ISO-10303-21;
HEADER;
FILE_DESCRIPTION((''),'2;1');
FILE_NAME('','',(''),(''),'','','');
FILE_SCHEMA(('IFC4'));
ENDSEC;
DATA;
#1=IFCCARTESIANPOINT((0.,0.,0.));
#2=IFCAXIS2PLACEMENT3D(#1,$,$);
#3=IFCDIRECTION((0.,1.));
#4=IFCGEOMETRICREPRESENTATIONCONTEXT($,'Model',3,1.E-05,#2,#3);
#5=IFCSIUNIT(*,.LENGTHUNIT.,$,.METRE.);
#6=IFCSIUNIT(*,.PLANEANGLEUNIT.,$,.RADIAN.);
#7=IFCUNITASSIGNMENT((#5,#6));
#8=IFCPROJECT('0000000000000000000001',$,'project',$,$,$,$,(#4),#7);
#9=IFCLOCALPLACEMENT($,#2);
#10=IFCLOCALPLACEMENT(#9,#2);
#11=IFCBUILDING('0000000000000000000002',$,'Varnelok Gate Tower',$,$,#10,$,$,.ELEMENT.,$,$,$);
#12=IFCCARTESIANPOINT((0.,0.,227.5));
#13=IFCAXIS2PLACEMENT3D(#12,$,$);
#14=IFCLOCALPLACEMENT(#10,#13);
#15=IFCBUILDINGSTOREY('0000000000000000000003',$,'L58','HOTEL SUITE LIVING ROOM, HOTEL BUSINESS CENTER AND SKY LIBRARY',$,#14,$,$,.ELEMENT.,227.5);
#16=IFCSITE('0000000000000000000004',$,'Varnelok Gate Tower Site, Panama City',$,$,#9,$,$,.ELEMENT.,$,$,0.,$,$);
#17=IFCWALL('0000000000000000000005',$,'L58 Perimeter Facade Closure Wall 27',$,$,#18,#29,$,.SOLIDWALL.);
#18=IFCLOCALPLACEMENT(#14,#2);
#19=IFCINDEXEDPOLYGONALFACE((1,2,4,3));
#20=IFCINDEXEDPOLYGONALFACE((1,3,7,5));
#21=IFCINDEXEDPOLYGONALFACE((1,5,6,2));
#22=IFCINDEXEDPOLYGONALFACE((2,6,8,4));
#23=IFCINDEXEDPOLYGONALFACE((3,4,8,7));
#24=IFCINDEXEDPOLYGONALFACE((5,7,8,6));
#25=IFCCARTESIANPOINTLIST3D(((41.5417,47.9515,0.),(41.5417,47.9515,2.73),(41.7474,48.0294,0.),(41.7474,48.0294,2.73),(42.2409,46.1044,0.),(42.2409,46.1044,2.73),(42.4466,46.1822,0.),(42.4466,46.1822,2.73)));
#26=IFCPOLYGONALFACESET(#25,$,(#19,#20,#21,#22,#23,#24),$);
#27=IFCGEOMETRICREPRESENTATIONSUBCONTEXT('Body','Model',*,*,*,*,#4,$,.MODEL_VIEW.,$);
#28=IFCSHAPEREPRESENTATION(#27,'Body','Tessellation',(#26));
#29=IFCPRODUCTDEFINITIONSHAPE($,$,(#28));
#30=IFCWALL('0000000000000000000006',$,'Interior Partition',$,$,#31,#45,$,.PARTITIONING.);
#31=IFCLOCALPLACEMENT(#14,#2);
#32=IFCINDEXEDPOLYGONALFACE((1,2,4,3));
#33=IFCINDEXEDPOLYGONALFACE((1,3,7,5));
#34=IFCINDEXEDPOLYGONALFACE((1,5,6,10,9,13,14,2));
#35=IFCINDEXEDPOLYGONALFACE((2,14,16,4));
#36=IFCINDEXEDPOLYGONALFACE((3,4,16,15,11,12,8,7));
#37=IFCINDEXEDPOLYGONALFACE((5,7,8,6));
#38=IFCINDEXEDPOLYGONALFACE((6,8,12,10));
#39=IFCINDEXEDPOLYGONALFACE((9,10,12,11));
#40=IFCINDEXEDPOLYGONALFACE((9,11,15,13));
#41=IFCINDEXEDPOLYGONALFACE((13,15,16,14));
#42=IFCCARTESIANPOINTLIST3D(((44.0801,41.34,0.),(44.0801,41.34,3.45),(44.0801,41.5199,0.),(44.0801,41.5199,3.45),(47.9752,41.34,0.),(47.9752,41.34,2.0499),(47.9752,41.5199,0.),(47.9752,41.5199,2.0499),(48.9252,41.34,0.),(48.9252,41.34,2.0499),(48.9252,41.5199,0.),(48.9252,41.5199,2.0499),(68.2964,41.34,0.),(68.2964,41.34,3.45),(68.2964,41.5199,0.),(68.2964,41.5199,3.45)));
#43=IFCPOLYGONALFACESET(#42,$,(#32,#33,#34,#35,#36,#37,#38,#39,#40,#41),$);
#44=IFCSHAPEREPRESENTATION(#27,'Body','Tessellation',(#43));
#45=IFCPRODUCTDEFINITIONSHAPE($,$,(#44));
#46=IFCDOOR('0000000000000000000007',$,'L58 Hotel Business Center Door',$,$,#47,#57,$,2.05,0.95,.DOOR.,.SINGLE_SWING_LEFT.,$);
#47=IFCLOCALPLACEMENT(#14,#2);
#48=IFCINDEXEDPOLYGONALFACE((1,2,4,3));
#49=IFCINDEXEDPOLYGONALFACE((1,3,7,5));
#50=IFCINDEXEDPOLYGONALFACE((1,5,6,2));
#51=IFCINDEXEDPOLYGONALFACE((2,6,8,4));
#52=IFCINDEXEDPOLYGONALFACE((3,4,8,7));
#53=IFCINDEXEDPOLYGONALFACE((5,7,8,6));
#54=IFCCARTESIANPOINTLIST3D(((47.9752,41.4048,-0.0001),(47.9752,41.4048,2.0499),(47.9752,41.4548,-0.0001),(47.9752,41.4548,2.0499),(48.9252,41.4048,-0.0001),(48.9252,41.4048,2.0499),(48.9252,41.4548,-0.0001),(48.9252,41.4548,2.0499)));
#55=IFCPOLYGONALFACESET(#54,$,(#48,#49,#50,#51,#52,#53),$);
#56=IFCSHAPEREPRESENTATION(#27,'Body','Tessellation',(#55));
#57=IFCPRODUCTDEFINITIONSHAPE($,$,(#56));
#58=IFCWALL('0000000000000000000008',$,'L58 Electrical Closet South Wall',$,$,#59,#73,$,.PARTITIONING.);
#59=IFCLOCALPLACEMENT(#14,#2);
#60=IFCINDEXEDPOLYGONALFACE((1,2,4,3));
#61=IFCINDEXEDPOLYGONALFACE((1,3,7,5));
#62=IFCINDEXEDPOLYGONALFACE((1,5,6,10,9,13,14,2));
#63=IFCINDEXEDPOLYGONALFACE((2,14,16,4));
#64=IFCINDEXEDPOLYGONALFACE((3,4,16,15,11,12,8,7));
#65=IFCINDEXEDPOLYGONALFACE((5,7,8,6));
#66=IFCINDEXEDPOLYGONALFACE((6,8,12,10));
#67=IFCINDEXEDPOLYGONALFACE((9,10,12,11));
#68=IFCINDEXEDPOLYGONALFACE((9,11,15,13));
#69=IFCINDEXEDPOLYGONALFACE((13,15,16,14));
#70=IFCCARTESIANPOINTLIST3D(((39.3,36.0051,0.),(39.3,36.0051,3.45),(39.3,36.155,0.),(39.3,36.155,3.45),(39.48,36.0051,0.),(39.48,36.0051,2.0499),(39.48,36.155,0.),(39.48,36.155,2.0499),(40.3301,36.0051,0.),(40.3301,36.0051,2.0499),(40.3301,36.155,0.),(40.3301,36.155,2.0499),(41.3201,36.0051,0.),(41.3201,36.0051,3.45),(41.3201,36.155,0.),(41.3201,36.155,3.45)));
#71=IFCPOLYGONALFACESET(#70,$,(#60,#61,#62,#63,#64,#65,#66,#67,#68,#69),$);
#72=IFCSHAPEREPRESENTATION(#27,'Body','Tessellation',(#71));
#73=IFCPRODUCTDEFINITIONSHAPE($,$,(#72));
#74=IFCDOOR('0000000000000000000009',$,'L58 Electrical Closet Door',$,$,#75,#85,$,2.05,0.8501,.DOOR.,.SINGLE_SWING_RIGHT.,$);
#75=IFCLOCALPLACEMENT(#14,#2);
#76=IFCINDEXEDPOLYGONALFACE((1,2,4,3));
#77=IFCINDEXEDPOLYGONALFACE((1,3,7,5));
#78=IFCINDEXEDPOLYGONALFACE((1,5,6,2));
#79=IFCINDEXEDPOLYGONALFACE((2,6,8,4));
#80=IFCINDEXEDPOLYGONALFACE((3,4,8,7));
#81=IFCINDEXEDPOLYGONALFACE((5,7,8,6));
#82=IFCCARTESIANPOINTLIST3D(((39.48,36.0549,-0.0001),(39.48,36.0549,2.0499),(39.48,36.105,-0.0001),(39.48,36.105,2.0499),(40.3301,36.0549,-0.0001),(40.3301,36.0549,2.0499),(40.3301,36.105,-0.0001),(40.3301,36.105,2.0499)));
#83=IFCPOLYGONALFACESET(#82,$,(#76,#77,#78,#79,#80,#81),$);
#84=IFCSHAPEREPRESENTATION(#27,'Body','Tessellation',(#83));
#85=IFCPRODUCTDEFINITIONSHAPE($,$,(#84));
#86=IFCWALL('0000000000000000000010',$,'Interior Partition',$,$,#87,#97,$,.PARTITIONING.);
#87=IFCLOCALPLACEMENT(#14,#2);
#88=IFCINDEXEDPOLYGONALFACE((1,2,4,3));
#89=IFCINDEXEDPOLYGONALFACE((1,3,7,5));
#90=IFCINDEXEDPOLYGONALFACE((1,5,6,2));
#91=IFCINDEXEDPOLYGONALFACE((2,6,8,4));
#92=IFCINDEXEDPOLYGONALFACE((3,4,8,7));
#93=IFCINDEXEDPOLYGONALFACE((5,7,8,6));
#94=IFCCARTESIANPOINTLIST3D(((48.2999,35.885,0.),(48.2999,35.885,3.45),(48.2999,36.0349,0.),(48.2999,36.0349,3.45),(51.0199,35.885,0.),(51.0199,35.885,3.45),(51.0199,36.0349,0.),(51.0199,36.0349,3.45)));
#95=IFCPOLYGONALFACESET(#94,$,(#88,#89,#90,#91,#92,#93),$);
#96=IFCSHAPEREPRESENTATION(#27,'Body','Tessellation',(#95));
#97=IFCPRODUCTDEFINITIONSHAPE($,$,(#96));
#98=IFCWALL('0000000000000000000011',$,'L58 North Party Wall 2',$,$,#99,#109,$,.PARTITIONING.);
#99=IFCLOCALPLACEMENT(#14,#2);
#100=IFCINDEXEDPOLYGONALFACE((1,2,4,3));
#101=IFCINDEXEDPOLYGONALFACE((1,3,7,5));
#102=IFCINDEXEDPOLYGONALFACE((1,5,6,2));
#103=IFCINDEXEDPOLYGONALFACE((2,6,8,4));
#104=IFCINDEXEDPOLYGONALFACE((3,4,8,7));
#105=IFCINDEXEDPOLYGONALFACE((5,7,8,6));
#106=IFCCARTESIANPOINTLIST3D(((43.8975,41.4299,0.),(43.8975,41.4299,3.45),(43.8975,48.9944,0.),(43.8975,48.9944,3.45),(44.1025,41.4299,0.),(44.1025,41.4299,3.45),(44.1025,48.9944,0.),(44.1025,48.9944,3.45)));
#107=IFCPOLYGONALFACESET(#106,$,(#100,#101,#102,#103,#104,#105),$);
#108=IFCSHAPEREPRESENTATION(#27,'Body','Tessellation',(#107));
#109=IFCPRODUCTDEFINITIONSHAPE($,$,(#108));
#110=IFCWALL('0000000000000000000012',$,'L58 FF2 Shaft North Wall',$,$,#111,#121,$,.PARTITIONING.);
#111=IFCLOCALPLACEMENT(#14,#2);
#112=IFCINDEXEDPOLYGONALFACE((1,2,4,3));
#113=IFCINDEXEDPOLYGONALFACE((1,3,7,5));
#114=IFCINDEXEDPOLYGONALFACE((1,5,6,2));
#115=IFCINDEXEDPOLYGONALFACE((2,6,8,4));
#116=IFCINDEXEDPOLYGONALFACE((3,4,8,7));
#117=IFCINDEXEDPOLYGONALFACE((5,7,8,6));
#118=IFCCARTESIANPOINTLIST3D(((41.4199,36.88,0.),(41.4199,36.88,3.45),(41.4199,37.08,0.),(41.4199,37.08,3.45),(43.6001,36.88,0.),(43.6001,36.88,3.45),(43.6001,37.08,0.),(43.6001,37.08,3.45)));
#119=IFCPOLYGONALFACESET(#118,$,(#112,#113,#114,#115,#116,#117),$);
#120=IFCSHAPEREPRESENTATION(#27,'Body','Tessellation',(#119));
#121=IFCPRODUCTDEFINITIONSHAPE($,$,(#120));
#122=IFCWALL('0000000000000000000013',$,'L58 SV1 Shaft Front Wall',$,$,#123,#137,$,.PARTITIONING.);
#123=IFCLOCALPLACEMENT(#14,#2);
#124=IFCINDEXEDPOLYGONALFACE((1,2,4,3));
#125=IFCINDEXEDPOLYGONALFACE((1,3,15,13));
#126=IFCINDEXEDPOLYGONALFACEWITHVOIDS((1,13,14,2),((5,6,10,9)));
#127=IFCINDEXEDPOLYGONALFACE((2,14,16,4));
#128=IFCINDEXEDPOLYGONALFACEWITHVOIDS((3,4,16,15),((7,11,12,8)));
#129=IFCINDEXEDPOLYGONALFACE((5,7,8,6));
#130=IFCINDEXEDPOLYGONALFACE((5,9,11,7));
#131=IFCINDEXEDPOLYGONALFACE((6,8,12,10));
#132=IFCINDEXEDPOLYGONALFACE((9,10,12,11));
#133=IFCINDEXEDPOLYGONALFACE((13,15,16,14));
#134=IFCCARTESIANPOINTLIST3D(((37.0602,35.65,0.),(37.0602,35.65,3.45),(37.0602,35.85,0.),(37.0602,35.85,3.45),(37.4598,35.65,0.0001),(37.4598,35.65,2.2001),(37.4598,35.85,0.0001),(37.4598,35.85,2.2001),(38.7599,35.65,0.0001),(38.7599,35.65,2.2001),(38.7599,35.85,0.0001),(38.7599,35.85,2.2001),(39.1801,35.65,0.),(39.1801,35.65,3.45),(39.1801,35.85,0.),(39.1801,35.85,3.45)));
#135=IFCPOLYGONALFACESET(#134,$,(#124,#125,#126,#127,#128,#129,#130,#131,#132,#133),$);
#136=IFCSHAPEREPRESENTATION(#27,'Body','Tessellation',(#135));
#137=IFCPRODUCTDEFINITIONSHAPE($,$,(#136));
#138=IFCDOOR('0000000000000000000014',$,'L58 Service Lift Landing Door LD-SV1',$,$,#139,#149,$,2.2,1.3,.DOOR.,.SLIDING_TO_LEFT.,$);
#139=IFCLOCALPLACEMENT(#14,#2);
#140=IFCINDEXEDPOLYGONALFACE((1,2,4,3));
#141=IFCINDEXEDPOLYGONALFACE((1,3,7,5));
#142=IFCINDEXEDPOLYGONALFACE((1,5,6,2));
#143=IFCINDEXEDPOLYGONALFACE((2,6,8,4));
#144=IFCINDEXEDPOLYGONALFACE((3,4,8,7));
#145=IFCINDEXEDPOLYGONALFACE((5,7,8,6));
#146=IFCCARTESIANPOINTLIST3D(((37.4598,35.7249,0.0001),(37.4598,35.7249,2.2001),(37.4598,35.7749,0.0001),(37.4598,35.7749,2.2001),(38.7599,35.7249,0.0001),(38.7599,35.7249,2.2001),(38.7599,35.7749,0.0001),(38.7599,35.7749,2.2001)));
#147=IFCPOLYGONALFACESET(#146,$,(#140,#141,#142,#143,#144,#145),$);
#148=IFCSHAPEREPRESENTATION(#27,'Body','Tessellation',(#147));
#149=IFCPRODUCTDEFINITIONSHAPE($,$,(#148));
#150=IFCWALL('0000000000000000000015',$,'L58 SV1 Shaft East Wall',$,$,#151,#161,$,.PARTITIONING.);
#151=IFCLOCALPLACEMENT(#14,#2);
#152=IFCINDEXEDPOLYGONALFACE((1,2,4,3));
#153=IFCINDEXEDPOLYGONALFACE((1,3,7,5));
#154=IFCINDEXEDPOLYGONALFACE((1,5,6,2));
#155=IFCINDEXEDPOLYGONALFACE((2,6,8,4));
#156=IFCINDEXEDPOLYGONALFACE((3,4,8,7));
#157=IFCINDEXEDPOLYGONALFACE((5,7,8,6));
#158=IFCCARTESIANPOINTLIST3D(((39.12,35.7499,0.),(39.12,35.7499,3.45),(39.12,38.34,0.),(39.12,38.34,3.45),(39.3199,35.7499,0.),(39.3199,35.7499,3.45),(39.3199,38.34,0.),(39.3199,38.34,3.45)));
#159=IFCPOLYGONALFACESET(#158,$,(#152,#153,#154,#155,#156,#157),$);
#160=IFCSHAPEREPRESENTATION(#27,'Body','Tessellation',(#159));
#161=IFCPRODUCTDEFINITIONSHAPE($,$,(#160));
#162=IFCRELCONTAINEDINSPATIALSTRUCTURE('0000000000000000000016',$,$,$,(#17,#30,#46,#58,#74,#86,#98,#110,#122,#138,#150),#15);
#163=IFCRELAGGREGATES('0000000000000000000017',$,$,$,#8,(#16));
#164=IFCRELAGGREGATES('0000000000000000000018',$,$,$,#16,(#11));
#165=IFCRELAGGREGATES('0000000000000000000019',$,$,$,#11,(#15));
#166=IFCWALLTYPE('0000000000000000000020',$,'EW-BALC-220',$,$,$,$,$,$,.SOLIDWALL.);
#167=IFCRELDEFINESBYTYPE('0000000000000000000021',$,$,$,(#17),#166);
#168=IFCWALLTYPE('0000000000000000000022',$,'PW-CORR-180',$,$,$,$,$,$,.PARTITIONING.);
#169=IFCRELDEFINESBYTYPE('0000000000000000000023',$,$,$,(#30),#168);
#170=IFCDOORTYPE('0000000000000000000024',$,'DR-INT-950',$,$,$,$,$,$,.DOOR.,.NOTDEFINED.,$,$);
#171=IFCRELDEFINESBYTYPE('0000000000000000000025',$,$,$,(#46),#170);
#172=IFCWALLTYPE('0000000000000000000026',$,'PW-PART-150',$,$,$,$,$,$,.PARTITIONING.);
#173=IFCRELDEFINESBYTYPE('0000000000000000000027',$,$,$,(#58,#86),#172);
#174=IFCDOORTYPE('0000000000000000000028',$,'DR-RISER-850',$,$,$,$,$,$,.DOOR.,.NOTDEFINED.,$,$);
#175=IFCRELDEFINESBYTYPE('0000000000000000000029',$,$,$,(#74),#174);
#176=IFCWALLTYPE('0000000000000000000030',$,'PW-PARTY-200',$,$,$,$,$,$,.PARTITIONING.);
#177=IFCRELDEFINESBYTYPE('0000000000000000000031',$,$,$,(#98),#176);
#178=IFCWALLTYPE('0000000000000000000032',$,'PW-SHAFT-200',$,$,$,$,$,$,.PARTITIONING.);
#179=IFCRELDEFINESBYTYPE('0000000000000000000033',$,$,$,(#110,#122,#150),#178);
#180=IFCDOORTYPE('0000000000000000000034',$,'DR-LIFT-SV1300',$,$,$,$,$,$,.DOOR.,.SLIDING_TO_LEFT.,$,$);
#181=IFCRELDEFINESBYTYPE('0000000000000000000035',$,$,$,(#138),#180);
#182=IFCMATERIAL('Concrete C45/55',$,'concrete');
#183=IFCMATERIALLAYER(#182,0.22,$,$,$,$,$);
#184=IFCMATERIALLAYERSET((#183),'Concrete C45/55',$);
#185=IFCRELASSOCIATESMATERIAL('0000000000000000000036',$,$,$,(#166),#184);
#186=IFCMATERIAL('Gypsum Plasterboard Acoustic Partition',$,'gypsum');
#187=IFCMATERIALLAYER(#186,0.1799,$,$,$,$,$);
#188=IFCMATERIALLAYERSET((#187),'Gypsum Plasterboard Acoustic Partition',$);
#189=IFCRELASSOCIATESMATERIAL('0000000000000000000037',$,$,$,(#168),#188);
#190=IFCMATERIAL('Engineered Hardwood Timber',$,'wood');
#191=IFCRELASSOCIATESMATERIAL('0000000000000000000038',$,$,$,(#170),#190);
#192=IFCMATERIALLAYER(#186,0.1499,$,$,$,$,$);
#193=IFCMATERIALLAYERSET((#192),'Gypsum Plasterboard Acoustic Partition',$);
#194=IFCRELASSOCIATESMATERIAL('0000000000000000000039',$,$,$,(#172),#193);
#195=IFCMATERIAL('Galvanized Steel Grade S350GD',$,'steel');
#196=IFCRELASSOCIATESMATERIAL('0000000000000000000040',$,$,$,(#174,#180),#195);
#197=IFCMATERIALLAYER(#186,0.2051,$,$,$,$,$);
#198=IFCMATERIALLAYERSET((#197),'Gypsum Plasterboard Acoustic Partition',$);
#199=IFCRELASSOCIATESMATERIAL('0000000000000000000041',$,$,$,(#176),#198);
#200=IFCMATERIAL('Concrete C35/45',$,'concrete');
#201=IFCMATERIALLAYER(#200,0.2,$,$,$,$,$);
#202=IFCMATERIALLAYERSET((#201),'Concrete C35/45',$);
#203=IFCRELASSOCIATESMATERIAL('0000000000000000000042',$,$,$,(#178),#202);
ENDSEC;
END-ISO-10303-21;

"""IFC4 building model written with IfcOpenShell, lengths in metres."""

from ifc_helpers import new_model, si_unit, direction, frame, frame_2d, origin, place, context, subcontext, project, spatial, rectangle, extrude, material, layer, layer_set, type_object, element, fill, save


model = new_model("IFC4")

# Units and contexts
model_context = context("Model", 3, precision=1e-05, world=origin(), true_north=direction((0.0, 1.0)))
body_context = subcontext(model_context, "Body", "Model", "MODEL_VIEW")
ifc_project = project(units=[si_unit("LENGTHUNIT", "METRE"), si_unit("PLANEANGLEUNIT", "RADIAN")], contexts=[model_context])

# Site, building, storey
site_placement = place(None, origin())
site = spatial("IfcSite", under=ifc_project, at=site_placement, Name="Varnelok Gate Tower Site, Panama City", CompositionType="ELEMENT", RefElevation=0.0)
building_placement = place(site_placement, origin())
building = spatial("IfcBuilding", under=site, at=building_placement, Name="Varnelok Gate Tower", CompositionType="ELEMENT")
storey_placement = place(building_placement, frame((0.0, 0.0, 227.5)))
storey = spatial("IfcBuildingStorey", under=building, at=storey_placement, Name="L58", Description="HOTEL SUITE LIVING ROOM, HOTEL BUSINESS CENTER AND SKY LIBRARY", CompositionType="ELEMENT", Elevation=227.5)

# Wall
ifc_material_1 = material(Name="Concrete C45/55", Category="concrete")
ifc_layer_1 = layer(ifc_material_1, 0.22)
ifc_layer_set_1 = layer_set([ifc_layer_1], Name="Concrete C45/55")
wall_type_1 = type_object("IfcWallType", Name="EW-BALC-220", PredefinedType="SOLIDWALL", material=ifc_layer_set_1)
wall_1_placement = place(storey_placement, frame((41.6445, 47.9905, 0.0), z_axis=(0.0, 0.0, 1.0), x_axis=(0.354021, -0.935238, 0.0)))
element("IfcWall", 1, at=wall_1_placement, inside=storey, type_object=wall_type_1, Name="L58 Perimeter Facade Closure Wall 27", PredefinedType="SOLIDWALL", context=body_context, shape_type="SweptSolid", body=[
    extrude(rectangle(XDim=1.9751, YDim=0.22, at=frame_2d((0.9875, 0.0))), origin(), (0.0, 0.0, 1.0), 2.73),
])

# Walls, openings, doors
ifc_material_2 = material(Name="Gypsum Plasterboard Acoustic Partition", Category="gypsum")
ifc_layer_2 = layer(ifc_material_2, 0.1799)
ifc_layer_set_2 = layer_set([ifc_layer_2], Name="Gypsum Plasterboard Acoustic Partition")
wall_type_2 = type_object("IfcWallType", Name="PW-CORR-180", PredefinedType="PARTITIONING", material=ifc_layer_set_2)
wall_2_placement = place(storey_placement, frame((44.0801, 41.4299, 0.0), z_axis=(0.0, 0.0, 1.0), x_axis=(1.0, 0.0, 0.0)))
wall_2 = element("IfcWall", 2, at=wall_2_placement, inside=storey, type_object=wall_type_2, Name="Interior Partition", PredefinedType="PARTITIONING", context=body_context, shape_type="SweptSolid", body=[
    extrude(rectangle(XDim=24.2163, YDim=0.1799, at=frame_2d((12.1082, 0.0))), origin(), (0.0, 0.0, 1.0), 3.45),
])
opening_1_placement = place(wall_2_placement, frame((3.895, 0.0, 0.0)))
opening_1 = element("IfcOpeningElement", 3, at=opening_1_placement, cuts=wall_2, PredefinedType="OPENING", context=body_context, shape_type="SweptSolid", body=[
    extrude(rectangle(XDim=0.95, YDim=2.05, at=frame_2d((0.4751, 1.0249))), frame((0.0, 0.0999, 0.0), z_axis=(0.0, -1.0, 0.0), x_axis=(1.0, 0.0, 0.0)), (0.0, 0.0, 1.0), 0.2),
])
ifc_material_3 = material(Name="Engineered Hardwood Timber", Category="wood")
door_type_1 = type_object("IfcDoorType", Name="DR-INT-950", OperationType="NOTDEFINED", PredefinedType="DOOR", material=ifc_material_3)
door_1_placement = place(opening_1_placement, origin())
door_1 = element("IfcDoor", 4, at=door_1_placement, inside=storey, type_object=door_type_1, Name="L58 Hotel Business Center Door", OperationType="SINGLE_SWING_LEFT", OverallHeight=2.05, OverallWidth=0.95, PredefinedType="DOOR", context=body_context, shape_type="SweptSolid", body=[
    extrude(rectangle(XDim=0.95, YDim=2.05, at=frame_2d((0.4751, 1.0249))), frame((0.0, 0.0249, 0.0), z_axis=(0.0, -1.0, 0.0), x_axis=(1.0, 0.0, 0.0)), (0.0, 0.0, 1.0), 0.05),
])
fill(opening_1, door_1)
ifc_layer_3 = layer(ifc_material_2, 0.1499)
ifc_layer_set_3 = layer_set([ifc_layer_3], Name="Gypsum Plasterboard Acoustic Partition")
wall_type_3 = type_object("IfcWallType", Name="PW-PART-150", PredefinedType="PARTITIONING", material=ifc_layer_set_3)
wall_3_placement = place(storey_placement, frame((39.3, 36.0801, 0.0), z_axis=(0.0, 0.0, 1.0), x_axis=(1.0, 0.0, 0.0)))
wall_3 = element("IfcWall", 5, at=wall_3_placement, inside=storey, type_object=wall_type_3, Name="L58 Electrical Closet South Wall", PredefinedType="PARTITIONING", context=body_context, shape_type="SweptSolid", body=[
    extrude(rectangle(XDim=2.02, YDim=0.1499, at=frame_2d((1.01, 0.0))), origin(), (0.0, 0.0, 1.0), 3.45),
])
opening_2_placement = place(wall_3_placement, frame((0.1799, 0.0, 0.0)))
opening_2 = element("IfcOpeningElement", 6, at=opening_2_placement, cuts=wall_3, PredefinedType="OPENING", context=body_context, shape_type="SweptSolid", body=[
    extrude(rectangle(XDim=0.8501, YDim=2.05, at=frame_2d((0.425, 1.0249))), frame((0.0, 0.085, 0.0), z_axis=(0.0, -1.0, 0.0), x_axis=(1.0, 0.0, 0.0)), (0.0, 0.0, 1.0), 0.1699),
])
ifc_material_4 = material(Name="Galvanized Steel Grade S350GD", Category="steel")
door_type_2 = type_object("IfcDoorType", Name="DR-RISER-850", OperationType="NOTDEFINED", PredefinedType="DOOR", material=ifc_material_4)
door_2_placement = place(opening_2_placement, origin())
door_2 = element("IfcDoor", 7, at=door_2_placement, inside=storey, type_object=door_type_2, Name="L58 Electrical Closet Door", OperationType="SINGLE_SWING_RIGHT", OverallHeight=2.05, OverallWidth=0.8501, PredefinedType="DOOR", context=body_context, shape_type="SweptSolid", body=[
    extrude(rectangle(XDim=0.8501, YDim=2.05, at=frame_2d((0.425, 1.0249))), frame((0.0, 0.0249, 0.0), z_axis=(0.0, -1.0, 0.0), x_axis=(1.0, 0.0, 0.0)), (0.0, 0.0, 1.0), 0.05),
])
fill(opening_2, door_2)

# Walls
wall_4_placement = place(storey_placement, frame((48.3, 35.96, 0.0), z_axis=(0.0, 0.0, 1.0), x_axis=(1.0, 0.0, 0.0)))
element("IfcWall", 8, at=wall_4_placement, inside=storey, type_object=wall_type_3, Name="Interior Partition", PredefinedType="PARTITIONING", context=body_context, shape_type="SweptSolid", body=[
    extrude(rectangle(XDim=2.72, YDim=0.1499, at=frame_2d((1.3599, 0.0))), origin(), (0.0, 0.0, 1.0), 3.45),
])
ifc_layer_4 = layer(ifc_material_2, 0.2051)
ifc_layer_set_4 = layer_set([ifc_layer_4], Name="Gypsum Plasterboard Acoustic Partition")
wall_type_4 = type_object("IfcWallType", Name="PW-PARTY-200", PredefinedType="PARTITIONING", material=ifc_layer_set_4)
wall_5_placement = place(storey_placement, frame((44.0, 41.4299, 0.0), z_axis=(0.0, 0.0, 1.0), x_axis=(0.0, 1.0, 0.0)))
element("IfcWall", 9, at=wall_5_placement, inside=storey, type_object=wall_type_4, Name="L58 North Party Wall 2", PredefinedType="PARTITIONING", context=body_context, shape_type="SweptSolid", body=[
    extrude(rectangle(XDim=7.5645, YDim=0.2051, at=frame_2d((3.7822, 0.0))), origin(), (0.0, 0.0, 1.0), 3.45),
])
ifc_material_5 = material(Name="Concrete C35/45", Category="concrete")
ifc_layer_5 = layer(ifc_material_5, 0.2)
ifc_layer_set_5 = layer_set([ifc_layer_5], Name="Concrete C35/45")
wall_type_5 = type_object("IfcWallType", Name="PW-SHAFT-200", PredefinedType="PARTITIONING", material=ifc_layer_set_5)
wall_6_placement = place(storey_placement, frame((41.4199, 36.98, 0.0), z_axis=(0.0, 0.0, 1.0), x_axis=(1.0, 0.0, 0.0)))
element("IfcWall", 10, at=wall_6_placement, inside=storey, type_object=wall_type_5, Name="L58 FF2 Shaft North Wall", PredefinedType="PARTITIONING", context=body_context, shape_type="SweptSolid", body=[
    extrude(rectangle(XDim=2.1802, YDim=0.2, at=frame_2d((1.0901, 0.0))), origin(), (0.0, 0.0, 1.0), 3.45),
])

# Wall, opening, door
wall_7_placement = place(storey_placement, frame((37.0601, 35.75, 0.0), z_axis=(0.0, 0.0, 1.0), x_axis=(1.0, 0.0, 0.0)))
wall_7 = element("IfcWall", 11, at=wall_7_placement, inside=storey, type_object=wall_type_5, Name="L58 SV1 Shaft Front Wall", PredefinedType="PARTITIONING", context=body_context, shape_type="SweptSolid", body=[
    extrude(rectangle(XDim=2.1199, YDim=0.2, at=frame_2d((1.0601, 0.0))), origin(), (0.0, 0.0, 1.0), 3.45),
])
opening_3_placement = place(wall_7_placement, frame((0.3999, 0.0, 0.0)))
opening_3 = element("IfcOpeningElement", 12, at=opening_3_placement, cuts=wall_7, PredefinedType="OPENING", context=body_context, shape_type="SweptSolid", body=[
    extrude(rectangle(XDim=1.3, YDim=2.2, at=frame_2d((0.6499, 1.1001))), frame((0.0, 0.1099, 0.0), z_axis=(0.0, -1.0, 0.0), x_axis=(1.0, 0.0, 0.0)), (0.0, 0.0, 1.0), 0.22),
])
door_type_3 = type_object("IfcDoorType", Name="DR-LIFT-SV1300", OperationType="SLIDING_TO_LEFT", PredefinedType="DOOR", material=ifc_material_4)
door_3_placement = place(opening_3_placement, origin())
door_3 = element("IfcDoor", 13, at=door_3_placement, inside=storey, type_object=door_type_3, Name="L58 Service Lift Landing Door LD-SV1", OperationType="SLIDING_TO_LEFT", OverallHeight=2.2, OverallWidth=1.3, PredefinedType="DOOR", context=body_context, shape_type="SweptSolid", body=[
    extrude(rectangle(XDim=1.3, YDim=2.2, at=frame_2d((0.6499, 1.1001))), frame((0.0, 0.0249, 0.0), z_axis=(0.0, -1.0, 0.0), x_axis=(1.0, 0.0, 0.0)), (0.0, 0.0, 1.0), 0.05),
])
fill(opening_3, door_3)

# Wall
wall_8_placement = place(storey_placement, frame((39.22, 35.75, 0.0), z_axis=(0.0, 0.0, 1.0), x_axis=(0.0, 1.0, 0.0)))
element("IfcWall", 14, at=wall_8_placement, inside=storey, type_object=wall_type_5, Name="L58 SV1 Shaft East Wall", PredefinedType="PARTITIONING", context=body_context, shape_type="SweptSolid", body=[
    extrude(rectangle(XDim=2.5901, YDim=0.2, at=frame_2d((1.2949, 0.0))), origin(), (0.0, 0.0, 1.0), 3.45),
])

save(model, "model.ifc")
